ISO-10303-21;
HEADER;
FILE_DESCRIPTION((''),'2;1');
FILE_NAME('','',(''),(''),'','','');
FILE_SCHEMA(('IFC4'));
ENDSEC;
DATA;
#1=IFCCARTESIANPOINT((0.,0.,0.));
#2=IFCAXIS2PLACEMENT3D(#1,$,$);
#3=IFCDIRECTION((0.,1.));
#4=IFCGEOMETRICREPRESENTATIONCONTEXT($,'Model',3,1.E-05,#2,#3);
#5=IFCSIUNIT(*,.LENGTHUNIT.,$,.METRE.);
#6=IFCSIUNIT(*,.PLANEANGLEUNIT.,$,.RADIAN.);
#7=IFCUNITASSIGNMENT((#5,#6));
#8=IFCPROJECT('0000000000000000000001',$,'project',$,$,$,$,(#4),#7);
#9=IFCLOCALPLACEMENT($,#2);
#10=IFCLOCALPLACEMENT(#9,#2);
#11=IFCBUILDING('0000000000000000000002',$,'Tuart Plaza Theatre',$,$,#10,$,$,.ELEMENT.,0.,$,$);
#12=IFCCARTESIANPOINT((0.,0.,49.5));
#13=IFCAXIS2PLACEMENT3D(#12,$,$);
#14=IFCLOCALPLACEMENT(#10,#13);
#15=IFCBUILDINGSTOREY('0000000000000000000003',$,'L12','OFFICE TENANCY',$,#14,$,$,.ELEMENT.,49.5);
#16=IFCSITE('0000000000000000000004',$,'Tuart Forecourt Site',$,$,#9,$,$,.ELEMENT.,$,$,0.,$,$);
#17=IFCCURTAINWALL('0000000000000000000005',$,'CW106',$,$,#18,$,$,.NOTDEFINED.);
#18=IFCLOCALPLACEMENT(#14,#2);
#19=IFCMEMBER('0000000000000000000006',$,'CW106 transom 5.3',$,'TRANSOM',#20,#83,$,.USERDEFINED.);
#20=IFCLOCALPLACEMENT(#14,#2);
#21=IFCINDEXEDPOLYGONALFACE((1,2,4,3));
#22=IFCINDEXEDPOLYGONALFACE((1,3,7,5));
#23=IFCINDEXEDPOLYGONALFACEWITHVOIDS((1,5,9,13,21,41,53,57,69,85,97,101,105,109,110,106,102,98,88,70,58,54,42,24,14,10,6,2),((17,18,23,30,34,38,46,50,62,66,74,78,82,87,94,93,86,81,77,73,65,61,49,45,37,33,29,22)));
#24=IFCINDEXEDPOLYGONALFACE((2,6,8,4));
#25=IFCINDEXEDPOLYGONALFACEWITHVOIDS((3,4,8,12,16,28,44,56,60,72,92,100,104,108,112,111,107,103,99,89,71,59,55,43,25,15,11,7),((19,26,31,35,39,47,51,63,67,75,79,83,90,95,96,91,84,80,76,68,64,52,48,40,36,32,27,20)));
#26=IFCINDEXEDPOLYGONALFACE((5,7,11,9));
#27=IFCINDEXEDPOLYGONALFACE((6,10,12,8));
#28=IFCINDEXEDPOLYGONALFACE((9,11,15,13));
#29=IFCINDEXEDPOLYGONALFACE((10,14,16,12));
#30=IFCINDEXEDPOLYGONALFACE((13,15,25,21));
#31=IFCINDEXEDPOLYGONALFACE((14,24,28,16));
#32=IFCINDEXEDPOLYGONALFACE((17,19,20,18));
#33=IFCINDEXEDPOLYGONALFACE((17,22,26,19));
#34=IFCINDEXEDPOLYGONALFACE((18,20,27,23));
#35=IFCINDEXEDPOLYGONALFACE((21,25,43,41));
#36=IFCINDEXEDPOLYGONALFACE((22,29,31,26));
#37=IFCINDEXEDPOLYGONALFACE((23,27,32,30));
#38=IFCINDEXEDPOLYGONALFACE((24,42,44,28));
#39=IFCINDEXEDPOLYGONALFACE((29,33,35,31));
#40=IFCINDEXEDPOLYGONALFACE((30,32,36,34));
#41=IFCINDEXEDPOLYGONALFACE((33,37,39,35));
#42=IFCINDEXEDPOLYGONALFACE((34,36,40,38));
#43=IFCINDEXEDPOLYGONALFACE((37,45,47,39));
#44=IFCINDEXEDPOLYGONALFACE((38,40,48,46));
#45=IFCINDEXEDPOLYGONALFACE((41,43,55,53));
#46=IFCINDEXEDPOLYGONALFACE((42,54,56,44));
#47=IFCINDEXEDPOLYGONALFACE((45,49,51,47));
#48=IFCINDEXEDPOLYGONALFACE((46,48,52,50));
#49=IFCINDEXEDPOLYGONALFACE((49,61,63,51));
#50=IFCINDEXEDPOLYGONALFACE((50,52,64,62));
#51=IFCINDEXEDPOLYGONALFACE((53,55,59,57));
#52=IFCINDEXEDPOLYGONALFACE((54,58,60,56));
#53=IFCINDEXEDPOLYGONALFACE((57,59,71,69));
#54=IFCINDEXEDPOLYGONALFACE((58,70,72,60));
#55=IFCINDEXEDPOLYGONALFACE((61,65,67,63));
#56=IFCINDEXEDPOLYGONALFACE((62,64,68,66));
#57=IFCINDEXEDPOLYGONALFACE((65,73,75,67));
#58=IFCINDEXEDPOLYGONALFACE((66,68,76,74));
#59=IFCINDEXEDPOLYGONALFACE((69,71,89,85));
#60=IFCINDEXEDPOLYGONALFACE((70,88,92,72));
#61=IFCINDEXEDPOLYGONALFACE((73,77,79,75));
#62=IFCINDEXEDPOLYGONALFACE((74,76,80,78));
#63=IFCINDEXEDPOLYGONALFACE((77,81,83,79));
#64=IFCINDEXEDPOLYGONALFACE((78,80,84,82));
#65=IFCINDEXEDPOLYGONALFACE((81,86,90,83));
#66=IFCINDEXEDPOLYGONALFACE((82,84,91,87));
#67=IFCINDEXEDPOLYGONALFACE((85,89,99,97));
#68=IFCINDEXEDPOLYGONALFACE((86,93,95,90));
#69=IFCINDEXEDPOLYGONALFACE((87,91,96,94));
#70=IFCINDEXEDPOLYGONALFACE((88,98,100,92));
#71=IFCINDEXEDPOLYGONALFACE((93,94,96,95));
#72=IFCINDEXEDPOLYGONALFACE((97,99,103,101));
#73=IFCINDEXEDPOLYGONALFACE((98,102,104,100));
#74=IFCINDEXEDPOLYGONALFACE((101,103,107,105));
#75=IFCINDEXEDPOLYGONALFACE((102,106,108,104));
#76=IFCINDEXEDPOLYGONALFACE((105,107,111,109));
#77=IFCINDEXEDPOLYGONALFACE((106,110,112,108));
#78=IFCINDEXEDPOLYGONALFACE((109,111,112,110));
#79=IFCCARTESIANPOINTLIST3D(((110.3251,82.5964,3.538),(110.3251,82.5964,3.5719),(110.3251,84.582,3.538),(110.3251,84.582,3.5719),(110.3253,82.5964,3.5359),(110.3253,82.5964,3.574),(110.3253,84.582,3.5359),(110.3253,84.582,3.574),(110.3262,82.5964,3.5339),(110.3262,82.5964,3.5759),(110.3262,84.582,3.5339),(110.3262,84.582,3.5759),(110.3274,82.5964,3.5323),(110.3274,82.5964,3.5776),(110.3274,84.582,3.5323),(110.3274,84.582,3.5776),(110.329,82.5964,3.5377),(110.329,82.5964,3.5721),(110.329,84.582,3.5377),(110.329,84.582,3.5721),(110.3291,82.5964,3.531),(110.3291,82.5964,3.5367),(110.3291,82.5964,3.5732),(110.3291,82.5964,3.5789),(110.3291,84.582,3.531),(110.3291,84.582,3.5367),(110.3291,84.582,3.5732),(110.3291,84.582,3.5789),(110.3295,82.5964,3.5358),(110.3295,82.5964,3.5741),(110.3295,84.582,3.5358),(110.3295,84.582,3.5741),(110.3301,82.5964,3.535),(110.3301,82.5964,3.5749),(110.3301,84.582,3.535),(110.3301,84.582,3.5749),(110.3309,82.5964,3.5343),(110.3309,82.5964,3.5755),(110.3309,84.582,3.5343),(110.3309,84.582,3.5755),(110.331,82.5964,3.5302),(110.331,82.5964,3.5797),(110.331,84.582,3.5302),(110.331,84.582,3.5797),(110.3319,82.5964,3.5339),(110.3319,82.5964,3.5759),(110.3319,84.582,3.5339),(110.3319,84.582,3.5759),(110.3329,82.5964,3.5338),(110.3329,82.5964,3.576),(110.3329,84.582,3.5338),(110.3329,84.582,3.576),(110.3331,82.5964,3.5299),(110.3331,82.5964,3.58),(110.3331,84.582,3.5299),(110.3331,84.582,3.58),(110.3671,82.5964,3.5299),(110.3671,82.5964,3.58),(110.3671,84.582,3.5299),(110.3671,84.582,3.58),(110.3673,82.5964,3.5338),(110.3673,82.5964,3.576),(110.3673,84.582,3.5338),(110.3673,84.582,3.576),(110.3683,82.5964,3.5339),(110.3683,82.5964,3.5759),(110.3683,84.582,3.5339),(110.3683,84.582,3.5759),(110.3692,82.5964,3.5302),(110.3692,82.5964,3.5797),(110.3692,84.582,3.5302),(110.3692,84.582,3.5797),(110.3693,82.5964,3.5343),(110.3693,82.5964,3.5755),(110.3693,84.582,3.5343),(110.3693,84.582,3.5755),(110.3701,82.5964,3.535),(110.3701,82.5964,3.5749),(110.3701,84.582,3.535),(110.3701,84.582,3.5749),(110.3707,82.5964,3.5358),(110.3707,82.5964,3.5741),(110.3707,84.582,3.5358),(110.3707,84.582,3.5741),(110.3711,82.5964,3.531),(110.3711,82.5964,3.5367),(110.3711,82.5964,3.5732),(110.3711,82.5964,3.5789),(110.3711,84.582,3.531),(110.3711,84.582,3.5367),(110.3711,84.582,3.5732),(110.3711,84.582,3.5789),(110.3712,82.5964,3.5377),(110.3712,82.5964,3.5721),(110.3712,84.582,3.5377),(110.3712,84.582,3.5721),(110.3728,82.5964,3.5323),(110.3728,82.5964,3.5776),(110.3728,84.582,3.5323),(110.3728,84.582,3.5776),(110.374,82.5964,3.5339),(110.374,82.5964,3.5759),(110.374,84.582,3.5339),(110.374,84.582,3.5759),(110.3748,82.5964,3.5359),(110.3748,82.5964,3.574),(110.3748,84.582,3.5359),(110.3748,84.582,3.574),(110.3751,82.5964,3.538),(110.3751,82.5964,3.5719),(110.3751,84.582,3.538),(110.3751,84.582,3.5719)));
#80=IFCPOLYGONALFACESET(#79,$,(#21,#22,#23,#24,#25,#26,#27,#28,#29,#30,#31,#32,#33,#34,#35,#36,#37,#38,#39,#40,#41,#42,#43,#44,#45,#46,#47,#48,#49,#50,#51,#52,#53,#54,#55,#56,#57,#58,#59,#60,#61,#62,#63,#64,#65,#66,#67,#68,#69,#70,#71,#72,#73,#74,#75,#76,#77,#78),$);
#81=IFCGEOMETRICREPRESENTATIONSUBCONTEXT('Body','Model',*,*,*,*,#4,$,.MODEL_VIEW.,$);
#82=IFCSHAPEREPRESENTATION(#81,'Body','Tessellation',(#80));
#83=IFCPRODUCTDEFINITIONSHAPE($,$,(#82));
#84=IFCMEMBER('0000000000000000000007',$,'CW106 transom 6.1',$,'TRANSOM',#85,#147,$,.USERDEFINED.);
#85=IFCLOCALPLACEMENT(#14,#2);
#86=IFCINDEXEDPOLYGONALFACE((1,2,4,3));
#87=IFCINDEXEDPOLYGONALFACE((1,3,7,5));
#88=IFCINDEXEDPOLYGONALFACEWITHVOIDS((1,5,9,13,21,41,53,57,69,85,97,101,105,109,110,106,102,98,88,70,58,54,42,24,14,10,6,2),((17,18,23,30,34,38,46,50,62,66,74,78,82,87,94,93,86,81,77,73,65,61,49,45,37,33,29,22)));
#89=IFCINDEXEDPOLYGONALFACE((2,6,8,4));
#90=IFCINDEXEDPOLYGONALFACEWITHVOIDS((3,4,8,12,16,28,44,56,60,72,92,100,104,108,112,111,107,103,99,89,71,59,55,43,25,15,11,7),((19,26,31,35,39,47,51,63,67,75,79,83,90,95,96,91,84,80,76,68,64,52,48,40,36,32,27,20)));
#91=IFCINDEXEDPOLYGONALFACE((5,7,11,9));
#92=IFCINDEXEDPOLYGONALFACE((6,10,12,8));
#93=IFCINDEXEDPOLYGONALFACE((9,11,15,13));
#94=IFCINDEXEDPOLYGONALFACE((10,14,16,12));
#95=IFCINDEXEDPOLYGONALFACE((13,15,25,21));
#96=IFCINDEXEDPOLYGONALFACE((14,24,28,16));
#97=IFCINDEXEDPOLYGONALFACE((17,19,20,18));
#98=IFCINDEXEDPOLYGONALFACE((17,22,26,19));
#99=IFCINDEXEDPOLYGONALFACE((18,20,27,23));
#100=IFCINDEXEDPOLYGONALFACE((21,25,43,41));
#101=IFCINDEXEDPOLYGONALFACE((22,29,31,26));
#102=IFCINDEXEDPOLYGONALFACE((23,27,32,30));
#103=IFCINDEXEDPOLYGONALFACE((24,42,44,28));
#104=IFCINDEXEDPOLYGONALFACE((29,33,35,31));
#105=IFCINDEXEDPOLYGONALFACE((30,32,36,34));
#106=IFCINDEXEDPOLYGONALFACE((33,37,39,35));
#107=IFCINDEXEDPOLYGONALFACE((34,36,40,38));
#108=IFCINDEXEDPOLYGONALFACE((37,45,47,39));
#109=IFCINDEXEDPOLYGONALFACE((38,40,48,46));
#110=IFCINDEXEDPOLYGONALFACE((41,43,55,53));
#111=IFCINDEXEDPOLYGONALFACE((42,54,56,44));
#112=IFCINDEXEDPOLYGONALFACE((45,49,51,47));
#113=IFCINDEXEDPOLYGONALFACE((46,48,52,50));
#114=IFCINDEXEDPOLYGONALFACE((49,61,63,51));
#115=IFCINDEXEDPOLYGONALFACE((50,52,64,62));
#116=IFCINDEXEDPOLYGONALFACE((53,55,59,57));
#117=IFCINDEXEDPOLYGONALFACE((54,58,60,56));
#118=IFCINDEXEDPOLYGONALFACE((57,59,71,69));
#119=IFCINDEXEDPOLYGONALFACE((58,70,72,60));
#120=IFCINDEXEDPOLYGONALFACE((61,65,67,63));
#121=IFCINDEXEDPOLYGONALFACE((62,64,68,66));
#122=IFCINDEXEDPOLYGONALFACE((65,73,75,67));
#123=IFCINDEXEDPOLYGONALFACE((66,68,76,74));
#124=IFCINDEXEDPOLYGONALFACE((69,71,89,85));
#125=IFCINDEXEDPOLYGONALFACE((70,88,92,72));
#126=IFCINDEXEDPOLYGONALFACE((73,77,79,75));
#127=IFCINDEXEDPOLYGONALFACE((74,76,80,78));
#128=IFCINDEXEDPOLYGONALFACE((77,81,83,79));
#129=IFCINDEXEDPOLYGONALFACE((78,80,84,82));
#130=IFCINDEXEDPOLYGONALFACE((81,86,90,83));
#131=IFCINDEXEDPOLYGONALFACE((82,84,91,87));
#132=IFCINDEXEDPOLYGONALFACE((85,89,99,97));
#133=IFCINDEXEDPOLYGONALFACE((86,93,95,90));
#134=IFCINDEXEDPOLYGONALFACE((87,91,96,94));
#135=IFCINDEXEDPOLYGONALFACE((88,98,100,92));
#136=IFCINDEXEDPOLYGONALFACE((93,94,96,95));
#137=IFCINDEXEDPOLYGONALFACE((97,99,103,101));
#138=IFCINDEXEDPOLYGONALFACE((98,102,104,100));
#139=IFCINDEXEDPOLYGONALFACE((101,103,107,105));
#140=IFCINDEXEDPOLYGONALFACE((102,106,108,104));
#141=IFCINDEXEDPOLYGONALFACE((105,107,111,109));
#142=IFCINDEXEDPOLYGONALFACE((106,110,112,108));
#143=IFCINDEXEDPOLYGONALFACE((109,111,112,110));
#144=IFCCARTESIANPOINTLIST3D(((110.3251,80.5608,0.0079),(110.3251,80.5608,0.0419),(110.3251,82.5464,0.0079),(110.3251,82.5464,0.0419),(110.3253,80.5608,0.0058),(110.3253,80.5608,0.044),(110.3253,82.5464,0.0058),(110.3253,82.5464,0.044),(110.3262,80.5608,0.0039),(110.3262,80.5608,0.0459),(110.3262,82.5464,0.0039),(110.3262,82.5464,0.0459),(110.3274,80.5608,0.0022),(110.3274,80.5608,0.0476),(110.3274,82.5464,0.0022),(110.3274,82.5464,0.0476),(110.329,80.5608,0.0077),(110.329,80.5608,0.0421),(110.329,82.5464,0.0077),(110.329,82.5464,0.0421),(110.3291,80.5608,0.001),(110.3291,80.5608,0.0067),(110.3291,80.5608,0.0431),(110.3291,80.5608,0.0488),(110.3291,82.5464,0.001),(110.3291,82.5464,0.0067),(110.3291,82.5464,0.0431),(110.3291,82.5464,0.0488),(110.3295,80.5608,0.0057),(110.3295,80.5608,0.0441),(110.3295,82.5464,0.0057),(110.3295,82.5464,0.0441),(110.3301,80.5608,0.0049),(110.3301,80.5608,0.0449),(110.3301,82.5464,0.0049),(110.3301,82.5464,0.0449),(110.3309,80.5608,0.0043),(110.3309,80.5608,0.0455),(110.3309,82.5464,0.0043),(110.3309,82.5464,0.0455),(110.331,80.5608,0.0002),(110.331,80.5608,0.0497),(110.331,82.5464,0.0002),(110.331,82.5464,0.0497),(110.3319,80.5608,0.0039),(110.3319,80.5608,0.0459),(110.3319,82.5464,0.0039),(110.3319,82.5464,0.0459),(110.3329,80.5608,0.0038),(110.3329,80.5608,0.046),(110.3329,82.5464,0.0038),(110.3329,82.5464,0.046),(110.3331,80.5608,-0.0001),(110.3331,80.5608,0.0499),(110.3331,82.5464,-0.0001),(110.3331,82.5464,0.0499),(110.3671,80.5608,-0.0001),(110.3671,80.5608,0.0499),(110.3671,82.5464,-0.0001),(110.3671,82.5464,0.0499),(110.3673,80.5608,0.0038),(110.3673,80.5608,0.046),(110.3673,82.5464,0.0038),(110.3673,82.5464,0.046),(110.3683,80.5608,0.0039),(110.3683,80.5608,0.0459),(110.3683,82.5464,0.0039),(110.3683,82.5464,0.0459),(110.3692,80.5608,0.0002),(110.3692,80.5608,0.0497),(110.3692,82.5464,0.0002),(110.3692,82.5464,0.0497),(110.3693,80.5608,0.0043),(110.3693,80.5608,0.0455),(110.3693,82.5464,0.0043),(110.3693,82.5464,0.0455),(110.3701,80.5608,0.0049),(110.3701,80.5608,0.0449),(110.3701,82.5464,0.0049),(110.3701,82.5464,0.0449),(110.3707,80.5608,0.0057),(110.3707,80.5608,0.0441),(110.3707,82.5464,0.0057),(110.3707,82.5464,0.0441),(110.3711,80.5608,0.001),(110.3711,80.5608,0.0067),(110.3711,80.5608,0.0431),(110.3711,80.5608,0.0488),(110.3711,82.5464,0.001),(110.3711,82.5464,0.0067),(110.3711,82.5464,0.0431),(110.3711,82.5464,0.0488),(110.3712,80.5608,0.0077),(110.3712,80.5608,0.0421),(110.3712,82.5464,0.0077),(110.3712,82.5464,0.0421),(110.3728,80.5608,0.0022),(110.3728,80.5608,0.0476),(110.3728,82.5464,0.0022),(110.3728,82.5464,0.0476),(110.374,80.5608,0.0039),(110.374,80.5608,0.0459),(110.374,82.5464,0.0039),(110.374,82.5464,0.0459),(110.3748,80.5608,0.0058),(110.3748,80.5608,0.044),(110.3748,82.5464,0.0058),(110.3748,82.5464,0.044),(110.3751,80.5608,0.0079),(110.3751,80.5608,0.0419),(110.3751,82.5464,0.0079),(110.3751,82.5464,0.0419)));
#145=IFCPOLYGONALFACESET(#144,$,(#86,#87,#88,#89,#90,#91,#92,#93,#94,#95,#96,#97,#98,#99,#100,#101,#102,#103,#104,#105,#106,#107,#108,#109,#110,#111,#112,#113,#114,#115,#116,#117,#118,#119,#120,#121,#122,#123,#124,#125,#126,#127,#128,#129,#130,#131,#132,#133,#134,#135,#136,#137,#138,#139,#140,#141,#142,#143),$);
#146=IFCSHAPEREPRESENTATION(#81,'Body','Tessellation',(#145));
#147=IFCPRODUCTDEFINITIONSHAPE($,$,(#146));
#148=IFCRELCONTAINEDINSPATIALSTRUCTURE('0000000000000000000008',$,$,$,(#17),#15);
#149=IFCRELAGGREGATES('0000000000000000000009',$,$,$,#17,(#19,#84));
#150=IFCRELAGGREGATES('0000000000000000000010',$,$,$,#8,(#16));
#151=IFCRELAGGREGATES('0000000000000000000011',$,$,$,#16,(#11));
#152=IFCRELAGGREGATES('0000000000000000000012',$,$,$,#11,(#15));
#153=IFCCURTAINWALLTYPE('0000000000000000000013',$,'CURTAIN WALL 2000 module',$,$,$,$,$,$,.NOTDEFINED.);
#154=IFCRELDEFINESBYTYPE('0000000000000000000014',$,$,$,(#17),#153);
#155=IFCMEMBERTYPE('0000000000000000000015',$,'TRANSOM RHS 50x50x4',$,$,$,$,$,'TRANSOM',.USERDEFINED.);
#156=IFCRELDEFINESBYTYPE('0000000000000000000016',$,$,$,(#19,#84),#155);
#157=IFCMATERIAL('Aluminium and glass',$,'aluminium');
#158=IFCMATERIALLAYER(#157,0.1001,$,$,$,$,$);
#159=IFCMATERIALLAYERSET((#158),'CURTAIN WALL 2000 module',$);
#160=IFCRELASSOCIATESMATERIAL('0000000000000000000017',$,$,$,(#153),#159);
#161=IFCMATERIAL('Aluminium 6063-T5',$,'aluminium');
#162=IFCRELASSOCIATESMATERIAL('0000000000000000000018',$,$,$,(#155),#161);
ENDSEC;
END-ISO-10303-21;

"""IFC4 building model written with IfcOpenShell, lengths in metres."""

from ifc_helpers import new_model, si_unit, direction, frame, origin, origin_2d, place, context, subcontext, project, spatial, hollow_rectangle, extrude, material, layer, layer_set, material_profile, profile_set, type_object, element, aggregate, save


model = new_model("IFC4")

# Units and contexts
model_context = context("Model", 3, precision=1e-05, world=origin(), true_north=direction((0.0, 1.0)))
body_context = subcontext(model_context, "Body", "Model", "MODEL_VIEW")
ifc_project = project(units=[si_unit("LENGTHUNIT", "METRE"), si_unit("PLANEANGLEUNIT", "RADIAN")], contexts=[model_context])

# Site, building, storey
site_placement = place(None, origin())
site = spatial("IfcSite", under=ifc_project, at=site_placement, Name="Tuart Forecourt Site", CompositionType="ELEMENT", RefElevation=0.0)
building_placement = place(site_placement, origin())
building = spatial("IfcBuilding", under=site, at=building_placement, Name="Tuart Plaza Theatre", CompositionType="ELEMENT", ElevationOfRefHeight=0.0)
storey_placement = place(building_placement, frame((0.0, 0.0, 49.5)))
storey = spatial("IfcBuildingStorey", under=building, at=storey_placement, Name="L12", Description="OFFICE TENANCY", CompositionType="ELEMENT", Elevation=49.5)

# Curtain wall, members
ifc_material_1 = material(Name="Aluminium and glass", Category="aluminium")
ifc_layer_1 = layer(ifc_material_1, 0.1001)
ifc_layer_set_1 = layer_set([ifc_layer_1], Name="CURTAIN WALL 2000 module")
curtain_wall_type = type_object("IfcCurtainWallType", Name="CURTAIN WALL 2000 module", PredefinedType="NOTDEFINED", material=ifc_layer_set_1)
curtain_wall_placement = place(storey_placement, origin())
curtain_wall = element("IfcCurtainWall", 1, at=curtain_wall_placement, inside=storey, type_object=curtain_wall_type, Name="CW106", PredefinedType="NOTDEFINED")
ifc_material_2 = material(Name="Aluminium 6063-T5", Category="aluminium")
ifc_material_profile = material_profile(ifc_material_2, hollow_rectangle(XDim=0.05, YDim=0.05, WallThickness=0.0039, InnerFilletRadius=0.0039, OuterFilletRadius=0.0081, at=origin_2d()), Name="RHS 50x50x4")
ifc_profile_set = profile_set([ifc_material_profile], Name="Aluminium 6063-T5")
member_type = type_object("IfcMemberType", Name="TRANSOM RHS 50x50x4", ElementType="TRANSOM", PredefinedType="USERDEFINED", material=ifc_profile_set)
member_1_placement = place(storey_placement, frame((110.3501, 84.582, 3.5549), z_axis=(0.0, -1.0, 0.0), x_axis=(1.0, 0.0, 0.0)))
member_1 = element("IfcMember", 2, at=member_1_placement, type_object=member_type, Name="CW106 transom 5.3", ObjectType="TRANSOM", PredefinedType="USERDEFINED", context=body_context, shape_type="SweptSolid", body=[
    extrude(hollow_rectangle(XDim=0.05, YDim=0.05, WallThickness=0.0039, InnerFilletRadius=0.0039, OuterFilletRadius=0.0081, at=origin_2d()), origin(), (0.0, 0.0, 1.0), 1.9856),
])
member_2_placement = place(storey_placement, frame((110.3501, 82.5464, 0.0249), z_axis=(0.0, -1.0, 0.0), x_axis=(1.0, 0.0, 0.0)))
member_2 = element("IfcMember", 3, at=member_2_placement, type_object=member_type, Name="CW106 transom 6.1", ObjectType="TRANSOM", PredefinedType="USERDEFINED", context=body_context, shape_type="SweptSolid", body=[
    extrude(hollow_rectangle(XDim=0.05, YDim=0.05, WallThickness=0.0039, InnerFilletRadius=0.0039, OuterFilletRadius=0.0081, at=origin_2d()), origin(), (0.0, 0.0, 1.0), 1.9856),
])
aggregate(curtain_wall, [member_1, member_2])

save(model, "model.ifc")
